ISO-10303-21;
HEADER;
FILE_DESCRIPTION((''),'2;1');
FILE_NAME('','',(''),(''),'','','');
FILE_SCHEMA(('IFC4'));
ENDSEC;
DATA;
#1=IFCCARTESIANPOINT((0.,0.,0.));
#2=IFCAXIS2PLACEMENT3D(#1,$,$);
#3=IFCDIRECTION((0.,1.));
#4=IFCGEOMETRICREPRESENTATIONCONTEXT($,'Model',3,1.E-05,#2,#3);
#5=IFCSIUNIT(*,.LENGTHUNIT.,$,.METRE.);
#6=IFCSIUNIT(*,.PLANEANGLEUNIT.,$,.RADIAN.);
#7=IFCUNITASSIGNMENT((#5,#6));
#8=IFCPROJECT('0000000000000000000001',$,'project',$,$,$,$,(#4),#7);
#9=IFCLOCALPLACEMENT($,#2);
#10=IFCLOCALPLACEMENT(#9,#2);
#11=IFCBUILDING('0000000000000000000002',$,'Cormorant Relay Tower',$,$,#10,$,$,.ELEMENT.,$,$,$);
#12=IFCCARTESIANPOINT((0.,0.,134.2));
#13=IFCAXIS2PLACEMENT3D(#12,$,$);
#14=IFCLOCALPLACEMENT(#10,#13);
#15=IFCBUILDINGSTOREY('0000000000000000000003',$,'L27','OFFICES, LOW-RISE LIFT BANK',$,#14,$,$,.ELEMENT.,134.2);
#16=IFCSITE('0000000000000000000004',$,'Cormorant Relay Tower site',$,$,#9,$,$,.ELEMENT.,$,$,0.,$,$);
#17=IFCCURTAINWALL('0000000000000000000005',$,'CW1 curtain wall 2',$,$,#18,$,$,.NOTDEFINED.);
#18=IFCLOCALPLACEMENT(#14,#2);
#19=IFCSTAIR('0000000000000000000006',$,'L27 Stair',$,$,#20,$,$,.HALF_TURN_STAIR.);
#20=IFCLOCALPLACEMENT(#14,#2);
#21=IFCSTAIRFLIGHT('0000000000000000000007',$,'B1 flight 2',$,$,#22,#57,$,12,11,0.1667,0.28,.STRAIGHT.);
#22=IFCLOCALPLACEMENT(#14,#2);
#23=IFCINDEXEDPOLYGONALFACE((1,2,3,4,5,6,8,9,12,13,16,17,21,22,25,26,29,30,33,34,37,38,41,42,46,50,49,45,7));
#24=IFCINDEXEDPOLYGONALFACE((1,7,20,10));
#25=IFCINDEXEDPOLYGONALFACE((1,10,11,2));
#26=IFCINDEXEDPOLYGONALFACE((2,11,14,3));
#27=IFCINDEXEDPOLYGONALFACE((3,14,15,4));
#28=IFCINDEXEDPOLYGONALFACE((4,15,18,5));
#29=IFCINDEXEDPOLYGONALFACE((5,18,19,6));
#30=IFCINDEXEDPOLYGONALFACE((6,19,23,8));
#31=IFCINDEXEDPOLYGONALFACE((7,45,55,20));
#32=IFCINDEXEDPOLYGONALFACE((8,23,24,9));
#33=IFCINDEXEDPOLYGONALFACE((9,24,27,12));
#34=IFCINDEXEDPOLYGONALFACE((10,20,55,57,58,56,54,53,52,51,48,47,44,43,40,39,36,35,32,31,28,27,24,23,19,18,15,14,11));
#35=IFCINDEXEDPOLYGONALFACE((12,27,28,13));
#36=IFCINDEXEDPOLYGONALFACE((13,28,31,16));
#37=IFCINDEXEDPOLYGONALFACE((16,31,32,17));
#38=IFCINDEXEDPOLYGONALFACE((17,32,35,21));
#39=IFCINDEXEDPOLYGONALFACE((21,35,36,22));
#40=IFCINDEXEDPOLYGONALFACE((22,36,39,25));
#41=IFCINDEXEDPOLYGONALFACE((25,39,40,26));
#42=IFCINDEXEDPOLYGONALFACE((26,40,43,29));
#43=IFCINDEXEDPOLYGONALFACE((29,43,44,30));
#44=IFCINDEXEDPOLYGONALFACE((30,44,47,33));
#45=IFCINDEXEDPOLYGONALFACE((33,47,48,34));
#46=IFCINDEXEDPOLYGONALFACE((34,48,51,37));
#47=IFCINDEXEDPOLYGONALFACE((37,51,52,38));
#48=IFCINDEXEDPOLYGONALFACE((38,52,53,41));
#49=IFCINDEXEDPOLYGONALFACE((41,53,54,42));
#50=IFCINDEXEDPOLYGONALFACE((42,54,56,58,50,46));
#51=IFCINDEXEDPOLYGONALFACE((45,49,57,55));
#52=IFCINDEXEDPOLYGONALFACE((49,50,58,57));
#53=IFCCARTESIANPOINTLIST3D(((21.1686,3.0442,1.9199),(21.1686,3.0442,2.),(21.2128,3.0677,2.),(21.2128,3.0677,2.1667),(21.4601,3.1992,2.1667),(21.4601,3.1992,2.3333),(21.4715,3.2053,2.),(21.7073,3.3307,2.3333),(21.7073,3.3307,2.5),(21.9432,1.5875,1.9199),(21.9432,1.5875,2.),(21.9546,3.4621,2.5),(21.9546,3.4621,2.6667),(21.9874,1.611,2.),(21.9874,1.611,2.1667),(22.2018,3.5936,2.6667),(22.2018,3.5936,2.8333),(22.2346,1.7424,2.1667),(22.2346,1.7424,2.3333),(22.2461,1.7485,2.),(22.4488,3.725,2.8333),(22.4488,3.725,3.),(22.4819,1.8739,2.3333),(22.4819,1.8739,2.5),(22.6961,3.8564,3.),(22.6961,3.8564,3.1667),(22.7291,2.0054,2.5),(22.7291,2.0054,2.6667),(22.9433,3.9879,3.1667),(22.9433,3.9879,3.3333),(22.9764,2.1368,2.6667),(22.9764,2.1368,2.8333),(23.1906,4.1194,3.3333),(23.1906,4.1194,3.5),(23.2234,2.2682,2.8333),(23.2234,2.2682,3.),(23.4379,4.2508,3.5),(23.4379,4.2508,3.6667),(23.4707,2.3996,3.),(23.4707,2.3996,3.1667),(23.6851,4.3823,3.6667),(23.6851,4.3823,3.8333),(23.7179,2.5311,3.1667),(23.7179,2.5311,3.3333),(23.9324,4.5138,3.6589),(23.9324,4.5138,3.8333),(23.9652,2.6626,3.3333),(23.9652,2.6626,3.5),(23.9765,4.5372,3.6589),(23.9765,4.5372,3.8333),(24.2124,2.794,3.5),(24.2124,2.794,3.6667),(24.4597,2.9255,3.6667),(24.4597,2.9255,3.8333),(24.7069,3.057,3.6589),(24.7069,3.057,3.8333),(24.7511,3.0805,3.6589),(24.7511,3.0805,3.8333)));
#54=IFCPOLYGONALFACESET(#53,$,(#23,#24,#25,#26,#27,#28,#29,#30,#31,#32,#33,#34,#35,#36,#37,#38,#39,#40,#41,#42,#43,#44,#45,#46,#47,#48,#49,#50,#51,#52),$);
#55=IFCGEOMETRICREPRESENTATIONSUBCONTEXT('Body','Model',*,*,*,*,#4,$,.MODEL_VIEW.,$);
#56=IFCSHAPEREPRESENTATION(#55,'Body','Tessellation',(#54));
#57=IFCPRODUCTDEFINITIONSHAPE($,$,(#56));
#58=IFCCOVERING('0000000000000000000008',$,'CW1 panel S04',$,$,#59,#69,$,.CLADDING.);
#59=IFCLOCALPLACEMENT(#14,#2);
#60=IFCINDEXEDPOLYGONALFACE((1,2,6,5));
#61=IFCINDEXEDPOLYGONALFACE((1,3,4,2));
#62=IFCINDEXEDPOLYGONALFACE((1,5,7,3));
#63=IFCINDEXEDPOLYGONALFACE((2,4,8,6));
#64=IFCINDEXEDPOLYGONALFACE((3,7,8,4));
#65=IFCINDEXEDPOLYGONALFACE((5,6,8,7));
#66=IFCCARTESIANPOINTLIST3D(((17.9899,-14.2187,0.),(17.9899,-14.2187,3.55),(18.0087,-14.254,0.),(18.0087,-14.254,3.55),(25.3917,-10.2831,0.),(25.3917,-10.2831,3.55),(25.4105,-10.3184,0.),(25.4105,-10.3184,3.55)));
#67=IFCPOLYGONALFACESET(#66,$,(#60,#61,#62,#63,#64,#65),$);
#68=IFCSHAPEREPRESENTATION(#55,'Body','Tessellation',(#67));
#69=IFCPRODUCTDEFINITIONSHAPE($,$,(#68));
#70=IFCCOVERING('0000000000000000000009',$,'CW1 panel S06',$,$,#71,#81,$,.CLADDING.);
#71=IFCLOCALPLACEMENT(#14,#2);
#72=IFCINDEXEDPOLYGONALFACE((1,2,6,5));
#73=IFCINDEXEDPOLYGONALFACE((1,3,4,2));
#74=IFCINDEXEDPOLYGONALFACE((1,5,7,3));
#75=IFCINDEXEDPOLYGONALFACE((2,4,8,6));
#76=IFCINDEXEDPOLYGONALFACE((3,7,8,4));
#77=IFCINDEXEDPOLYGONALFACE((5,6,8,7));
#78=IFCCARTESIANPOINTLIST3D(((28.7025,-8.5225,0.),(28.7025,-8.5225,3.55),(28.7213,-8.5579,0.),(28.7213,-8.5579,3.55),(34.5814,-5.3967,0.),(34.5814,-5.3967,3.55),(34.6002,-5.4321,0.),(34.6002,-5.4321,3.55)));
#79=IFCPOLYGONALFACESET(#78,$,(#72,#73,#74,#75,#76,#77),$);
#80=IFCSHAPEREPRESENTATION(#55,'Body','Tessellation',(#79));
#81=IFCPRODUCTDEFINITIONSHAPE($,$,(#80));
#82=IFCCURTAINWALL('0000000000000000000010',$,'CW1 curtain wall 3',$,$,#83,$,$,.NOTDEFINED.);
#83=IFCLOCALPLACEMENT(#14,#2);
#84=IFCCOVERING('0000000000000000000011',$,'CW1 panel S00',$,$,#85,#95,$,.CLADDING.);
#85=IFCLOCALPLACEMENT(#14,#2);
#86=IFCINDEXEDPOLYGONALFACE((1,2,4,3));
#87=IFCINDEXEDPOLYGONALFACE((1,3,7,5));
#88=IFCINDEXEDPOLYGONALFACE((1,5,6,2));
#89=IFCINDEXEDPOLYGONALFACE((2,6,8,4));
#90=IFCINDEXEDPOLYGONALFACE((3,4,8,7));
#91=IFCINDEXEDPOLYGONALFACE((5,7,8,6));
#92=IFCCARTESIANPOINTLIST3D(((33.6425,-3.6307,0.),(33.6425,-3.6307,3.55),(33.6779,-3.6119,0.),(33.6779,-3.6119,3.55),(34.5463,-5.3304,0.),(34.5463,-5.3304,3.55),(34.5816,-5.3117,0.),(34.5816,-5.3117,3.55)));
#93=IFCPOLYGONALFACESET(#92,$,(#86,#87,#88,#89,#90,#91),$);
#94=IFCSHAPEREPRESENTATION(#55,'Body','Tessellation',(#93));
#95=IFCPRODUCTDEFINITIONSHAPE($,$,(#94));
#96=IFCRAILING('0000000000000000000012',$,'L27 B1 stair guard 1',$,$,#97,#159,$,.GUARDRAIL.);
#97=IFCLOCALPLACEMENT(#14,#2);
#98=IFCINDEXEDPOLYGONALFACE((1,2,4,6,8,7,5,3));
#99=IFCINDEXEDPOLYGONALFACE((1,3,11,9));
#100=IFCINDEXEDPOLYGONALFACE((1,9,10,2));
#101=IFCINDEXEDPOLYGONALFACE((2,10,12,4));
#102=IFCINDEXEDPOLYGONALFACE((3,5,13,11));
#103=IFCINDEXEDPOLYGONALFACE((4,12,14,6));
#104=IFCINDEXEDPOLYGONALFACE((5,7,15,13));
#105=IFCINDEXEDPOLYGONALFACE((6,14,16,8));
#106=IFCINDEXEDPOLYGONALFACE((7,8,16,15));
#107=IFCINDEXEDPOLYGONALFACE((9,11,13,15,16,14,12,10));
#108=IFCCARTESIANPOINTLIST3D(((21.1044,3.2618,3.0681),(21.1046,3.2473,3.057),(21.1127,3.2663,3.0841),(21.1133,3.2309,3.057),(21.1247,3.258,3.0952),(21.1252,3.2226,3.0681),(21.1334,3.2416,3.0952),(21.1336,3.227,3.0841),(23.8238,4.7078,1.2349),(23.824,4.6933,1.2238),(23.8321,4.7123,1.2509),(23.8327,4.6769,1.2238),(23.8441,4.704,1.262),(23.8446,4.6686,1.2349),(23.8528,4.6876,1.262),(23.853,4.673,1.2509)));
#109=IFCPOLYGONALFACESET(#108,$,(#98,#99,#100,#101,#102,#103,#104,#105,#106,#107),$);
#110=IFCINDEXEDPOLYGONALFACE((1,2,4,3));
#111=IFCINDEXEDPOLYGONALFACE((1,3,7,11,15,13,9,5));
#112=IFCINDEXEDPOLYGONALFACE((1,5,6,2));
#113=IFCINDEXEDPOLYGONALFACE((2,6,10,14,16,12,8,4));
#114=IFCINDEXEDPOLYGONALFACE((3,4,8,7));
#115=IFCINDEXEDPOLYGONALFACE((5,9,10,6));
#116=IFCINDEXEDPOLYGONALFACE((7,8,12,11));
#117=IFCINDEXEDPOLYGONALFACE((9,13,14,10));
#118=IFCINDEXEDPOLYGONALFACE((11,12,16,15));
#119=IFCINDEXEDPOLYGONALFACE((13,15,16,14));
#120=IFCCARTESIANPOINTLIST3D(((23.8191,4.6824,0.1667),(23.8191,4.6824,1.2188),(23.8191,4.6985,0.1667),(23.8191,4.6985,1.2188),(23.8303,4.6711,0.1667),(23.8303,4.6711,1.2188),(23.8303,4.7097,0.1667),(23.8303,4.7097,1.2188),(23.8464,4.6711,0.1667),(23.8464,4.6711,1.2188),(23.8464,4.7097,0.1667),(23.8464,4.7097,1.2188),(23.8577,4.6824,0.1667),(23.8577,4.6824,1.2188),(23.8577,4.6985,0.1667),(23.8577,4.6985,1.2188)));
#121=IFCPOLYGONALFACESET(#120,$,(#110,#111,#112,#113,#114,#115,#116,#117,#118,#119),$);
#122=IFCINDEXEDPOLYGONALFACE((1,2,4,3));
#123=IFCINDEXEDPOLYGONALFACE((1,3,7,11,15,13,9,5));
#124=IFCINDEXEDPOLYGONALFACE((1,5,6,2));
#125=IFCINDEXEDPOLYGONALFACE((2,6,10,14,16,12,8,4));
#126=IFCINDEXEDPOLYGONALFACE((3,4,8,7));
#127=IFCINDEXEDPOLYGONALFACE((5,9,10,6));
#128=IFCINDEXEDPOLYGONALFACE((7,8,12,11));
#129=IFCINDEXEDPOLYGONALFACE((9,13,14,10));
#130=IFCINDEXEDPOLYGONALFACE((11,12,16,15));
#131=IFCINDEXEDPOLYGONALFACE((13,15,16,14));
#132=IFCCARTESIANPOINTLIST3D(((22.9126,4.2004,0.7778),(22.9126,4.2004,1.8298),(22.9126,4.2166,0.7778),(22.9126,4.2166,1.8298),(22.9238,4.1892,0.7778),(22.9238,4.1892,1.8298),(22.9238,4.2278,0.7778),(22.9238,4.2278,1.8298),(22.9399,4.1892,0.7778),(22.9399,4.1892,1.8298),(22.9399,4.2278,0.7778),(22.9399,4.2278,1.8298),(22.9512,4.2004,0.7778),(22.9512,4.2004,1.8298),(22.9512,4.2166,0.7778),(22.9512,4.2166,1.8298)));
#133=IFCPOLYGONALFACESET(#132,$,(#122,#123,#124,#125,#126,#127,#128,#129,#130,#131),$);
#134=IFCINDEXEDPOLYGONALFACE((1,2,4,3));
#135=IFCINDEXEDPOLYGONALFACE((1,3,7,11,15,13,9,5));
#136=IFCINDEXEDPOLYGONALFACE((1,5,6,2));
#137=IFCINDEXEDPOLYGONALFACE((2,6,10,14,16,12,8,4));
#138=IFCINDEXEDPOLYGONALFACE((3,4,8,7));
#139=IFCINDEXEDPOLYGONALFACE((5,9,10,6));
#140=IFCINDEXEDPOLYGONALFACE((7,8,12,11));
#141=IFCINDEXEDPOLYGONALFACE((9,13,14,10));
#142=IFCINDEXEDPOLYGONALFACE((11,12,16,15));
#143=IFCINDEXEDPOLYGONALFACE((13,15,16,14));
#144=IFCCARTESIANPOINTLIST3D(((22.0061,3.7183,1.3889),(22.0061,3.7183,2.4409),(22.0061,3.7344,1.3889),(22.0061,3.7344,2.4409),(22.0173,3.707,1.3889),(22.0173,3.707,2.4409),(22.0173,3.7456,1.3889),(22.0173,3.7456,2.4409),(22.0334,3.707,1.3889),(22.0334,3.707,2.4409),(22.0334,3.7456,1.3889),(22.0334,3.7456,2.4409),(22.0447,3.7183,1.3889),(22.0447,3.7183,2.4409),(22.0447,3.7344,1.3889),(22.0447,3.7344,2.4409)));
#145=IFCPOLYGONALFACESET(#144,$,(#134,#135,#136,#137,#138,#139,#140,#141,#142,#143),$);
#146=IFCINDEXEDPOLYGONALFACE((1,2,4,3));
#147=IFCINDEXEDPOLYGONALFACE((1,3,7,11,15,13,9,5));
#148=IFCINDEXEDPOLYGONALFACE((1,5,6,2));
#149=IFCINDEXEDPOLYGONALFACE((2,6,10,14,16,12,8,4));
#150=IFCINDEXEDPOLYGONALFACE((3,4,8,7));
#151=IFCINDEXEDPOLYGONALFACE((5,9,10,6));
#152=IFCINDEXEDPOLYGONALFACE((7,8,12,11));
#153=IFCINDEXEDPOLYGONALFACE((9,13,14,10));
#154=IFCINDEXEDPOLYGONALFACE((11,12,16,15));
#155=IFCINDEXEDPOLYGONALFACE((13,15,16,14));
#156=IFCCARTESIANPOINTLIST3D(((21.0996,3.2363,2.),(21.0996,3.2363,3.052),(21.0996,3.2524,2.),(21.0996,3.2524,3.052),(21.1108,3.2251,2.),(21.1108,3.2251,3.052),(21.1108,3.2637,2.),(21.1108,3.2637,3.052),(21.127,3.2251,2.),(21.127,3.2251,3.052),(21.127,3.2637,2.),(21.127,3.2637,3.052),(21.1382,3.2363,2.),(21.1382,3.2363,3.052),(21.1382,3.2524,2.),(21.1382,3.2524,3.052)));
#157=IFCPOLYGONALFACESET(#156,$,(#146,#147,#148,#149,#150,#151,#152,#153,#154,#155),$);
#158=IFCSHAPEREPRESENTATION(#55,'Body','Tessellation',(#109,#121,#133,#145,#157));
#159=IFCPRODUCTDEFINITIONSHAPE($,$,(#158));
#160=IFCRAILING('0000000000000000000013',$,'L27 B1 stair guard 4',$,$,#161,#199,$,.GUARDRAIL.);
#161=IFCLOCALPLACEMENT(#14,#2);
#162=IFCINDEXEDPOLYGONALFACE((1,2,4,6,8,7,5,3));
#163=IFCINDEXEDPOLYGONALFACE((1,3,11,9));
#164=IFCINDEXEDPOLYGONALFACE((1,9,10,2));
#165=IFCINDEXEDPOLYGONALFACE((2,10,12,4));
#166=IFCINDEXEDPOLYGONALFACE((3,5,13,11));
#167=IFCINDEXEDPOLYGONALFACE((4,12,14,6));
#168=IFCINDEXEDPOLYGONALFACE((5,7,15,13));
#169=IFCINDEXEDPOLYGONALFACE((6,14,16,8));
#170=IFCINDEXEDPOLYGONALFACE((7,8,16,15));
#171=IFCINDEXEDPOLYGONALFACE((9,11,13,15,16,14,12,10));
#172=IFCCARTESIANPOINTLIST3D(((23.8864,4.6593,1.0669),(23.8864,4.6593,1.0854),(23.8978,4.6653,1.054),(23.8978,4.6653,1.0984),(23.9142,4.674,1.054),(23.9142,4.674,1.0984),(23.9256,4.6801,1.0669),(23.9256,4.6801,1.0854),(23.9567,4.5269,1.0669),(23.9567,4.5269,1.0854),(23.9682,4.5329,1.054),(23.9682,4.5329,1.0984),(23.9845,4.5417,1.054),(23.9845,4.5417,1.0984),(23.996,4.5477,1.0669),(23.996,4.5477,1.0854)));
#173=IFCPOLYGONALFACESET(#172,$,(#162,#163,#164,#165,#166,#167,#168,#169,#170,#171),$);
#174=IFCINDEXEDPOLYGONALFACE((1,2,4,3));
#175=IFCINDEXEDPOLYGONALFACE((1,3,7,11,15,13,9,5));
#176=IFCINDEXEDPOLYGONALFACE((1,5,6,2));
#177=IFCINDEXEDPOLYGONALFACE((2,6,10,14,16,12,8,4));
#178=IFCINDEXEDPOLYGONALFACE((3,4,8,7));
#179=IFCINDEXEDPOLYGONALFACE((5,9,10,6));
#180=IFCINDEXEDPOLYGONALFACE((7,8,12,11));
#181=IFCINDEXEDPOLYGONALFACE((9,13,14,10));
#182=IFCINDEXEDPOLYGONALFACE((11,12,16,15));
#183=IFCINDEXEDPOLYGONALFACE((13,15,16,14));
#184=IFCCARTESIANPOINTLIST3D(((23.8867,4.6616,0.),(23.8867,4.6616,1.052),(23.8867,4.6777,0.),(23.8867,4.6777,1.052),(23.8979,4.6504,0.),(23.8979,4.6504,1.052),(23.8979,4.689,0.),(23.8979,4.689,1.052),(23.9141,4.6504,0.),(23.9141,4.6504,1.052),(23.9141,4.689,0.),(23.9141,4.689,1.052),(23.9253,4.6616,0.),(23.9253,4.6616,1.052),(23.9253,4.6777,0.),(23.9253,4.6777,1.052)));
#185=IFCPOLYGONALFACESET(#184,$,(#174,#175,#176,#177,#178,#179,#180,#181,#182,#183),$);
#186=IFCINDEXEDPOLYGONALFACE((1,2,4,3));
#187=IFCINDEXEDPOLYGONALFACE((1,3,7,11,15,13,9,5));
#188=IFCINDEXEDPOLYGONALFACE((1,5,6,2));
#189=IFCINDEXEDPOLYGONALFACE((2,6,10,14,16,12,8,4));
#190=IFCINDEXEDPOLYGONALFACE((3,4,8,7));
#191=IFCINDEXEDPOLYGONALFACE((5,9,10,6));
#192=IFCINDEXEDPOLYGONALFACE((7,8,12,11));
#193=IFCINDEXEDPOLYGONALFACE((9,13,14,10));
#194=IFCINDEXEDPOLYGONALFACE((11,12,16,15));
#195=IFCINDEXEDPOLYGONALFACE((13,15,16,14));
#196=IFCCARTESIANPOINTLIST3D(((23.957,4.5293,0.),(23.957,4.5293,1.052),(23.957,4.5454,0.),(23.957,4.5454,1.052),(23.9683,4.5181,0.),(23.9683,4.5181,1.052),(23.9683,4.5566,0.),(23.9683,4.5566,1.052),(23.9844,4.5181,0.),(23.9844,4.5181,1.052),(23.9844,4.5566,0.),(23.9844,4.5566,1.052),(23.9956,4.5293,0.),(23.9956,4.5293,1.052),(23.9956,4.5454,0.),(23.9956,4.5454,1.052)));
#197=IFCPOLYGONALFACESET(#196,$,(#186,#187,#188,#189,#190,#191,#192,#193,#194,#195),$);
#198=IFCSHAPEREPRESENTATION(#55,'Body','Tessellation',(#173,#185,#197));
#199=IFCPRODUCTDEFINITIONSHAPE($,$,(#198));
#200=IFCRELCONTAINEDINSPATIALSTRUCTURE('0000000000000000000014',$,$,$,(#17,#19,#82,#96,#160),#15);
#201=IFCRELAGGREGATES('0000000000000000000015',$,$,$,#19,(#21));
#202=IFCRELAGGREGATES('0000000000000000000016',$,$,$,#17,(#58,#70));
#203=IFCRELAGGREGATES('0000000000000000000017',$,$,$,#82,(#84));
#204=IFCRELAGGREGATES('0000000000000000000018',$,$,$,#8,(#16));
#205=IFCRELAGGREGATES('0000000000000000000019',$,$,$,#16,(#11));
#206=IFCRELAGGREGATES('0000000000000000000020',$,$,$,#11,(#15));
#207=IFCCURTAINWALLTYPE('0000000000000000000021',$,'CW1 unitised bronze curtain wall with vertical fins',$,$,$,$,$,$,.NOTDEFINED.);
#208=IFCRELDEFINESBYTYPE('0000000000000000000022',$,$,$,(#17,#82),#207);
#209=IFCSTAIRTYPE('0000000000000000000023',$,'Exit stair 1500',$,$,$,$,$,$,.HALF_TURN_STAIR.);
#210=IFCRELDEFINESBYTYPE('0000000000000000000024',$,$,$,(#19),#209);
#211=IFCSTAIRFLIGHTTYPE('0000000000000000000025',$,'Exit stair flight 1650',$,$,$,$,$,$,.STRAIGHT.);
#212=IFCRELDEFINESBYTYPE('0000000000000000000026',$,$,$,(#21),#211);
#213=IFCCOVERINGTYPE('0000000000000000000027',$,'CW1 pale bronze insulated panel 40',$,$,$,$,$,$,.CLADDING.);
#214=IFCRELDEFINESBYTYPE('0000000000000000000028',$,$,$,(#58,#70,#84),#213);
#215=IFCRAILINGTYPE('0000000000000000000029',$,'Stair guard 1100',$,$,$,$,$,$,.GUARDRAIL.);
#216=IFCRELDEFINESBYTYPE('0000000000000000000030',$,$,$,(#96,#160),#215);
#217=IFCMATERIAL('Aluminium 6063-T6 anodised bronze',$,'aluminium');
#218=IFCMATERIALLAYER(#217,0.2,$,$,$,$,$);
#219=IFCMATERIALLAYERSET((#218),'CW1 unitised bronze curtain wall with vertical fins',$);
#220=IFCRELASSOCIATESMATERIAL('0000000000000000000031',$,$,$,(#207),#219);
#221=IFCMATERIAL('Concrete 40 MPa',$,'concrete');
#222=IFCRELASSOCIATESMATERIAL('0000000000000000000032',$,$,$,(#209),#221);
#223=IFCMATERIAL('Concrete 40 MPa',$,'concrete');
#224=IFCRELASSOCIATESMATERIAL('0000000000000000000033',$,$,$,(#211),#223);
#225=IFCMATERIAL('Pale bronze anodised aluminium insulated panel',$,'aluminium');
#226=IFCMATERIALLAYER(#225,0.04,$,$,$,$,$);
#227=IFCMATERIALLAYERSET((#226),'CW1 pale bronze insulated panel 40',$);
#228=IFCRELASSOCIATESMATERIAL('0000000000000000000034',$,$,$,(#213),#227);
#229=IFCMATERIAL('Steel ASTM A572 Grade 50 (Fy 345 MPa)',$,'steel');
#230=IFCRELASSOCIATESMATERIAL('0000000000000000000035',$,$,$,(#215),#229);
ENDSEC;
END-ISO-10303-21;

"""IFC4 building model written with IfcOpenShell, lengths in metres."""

from ifc_helpers import new_model, si_unit, direction, frame, origin, origin_2d, place, context, subcontext, project, spatial, polyline, rectangle, outline, extrude, material, layer, layer_set, type_object, element, aggregate, save


model = new_model("IFC4")

# Units and contexts
model_context = context("Model", 3, precision=1e-05, world=origin(), true_north=direction((0.0, 1.0)))
body_context = subcontext(model_context, "Body", "Model", "MODEL_VIEW")
ifc_project = project(units=[si_unit("LENGTHUNIT", "METRE"), si_unit("PLANEANGLEUNIT", "RADIAN")], contexts=[model_context])

# Site, building, storey
site_placement = place(None, origin())
site = spatial("IfcSite", under=ifc_project, at=site_placement, Name="Cormorant Relay Tower site", CompositionType="ELEMENT", RefElevation=0.0)
building_placement = place(site_placement, origin())
building = spatial("IfcBuilding", under=site, at=building_placement, Name="Cormorant Relay Tower", CompositionType="ELEMENT")
storey_placement = place(building_placement, frame((0.0, 0.0, 134.2)))
storey = spatial("IfcBuildingStorey", under=building, at=storey_placement, Name="L27", Description="OFFICES, LOW-RISE LIFT BANK", CompositionType="ELEMENT", Elevation=134.2)

# Curtain wall
ifc_material_1 = material(Name="Aluminium 6063-T6 anodised bronze", Category="aluminium")
ifc_layer_1 = layer(ifc_material_1, 0.2)
ifc_layer_set_1 = layer_set([ifc_layer_1], Name="CW1 unitised bronze curtain wall with vertical fins")
curtain_wall_type = type_object("IfcCurtainWallType", Name="CW1 unitised bronze curtain wall with vertical fins", PredefinedType="NOTDEFINED", material=ifc_layer_set_1)
curtain_wall_1_placement = place(storey_placement, origin())
curtain_wall_1 = element("IfcCurtainWall", 1, at=curtain_wall_1_placement, inside=storey, type_object=curtain_wall_type, Name="CW1 curtain wall 2", PredefinedType="NOTDEFINED")

# Stair, stair flight
ifc_material_2 = material(Name="Concrete 40 MPa", Category="concrete")
stair_type = type_object("IfcStairType", Name="Exit stair 1500", PredefinedType="HALF_TURN_STAIR", material=ifc_material_2)
stair_placement = place(storey_placement, origin())
stair = element("IfcStair", 2, at=stair_placement, inside=storey, type_object=stair_type, Name="L27 Stair", PredefinedType="HALF_TURN_STAIR")
ifc_material_3 = material(Name="Concrete 40 MPa", Category="concrete")
stair_flight_type = type_object("IfcStairFlightType", Name="Exit stair flight 1650", PredefinedType="STRAIGHT", material=ifc_material_3)
stair_flight_1_placement = place(storey_placement, frame((21.6001, 2.3394, 2.0), z_axis=(0.0, 0.0, 1.0), x_axis=(0.882948, 0.469472, 0.0)))
stair_flight_1 = element("IfcStairFlight", 3, at=stair_flight_1_placement, type_object=stair_flight_type, Name="B1 flight 2", NumberOfRisers=12, NumberOfTreads=11, PredefinedType="STRAIGHT", RiserHeight=0.1667, TreadLength=0.28, context=body_context, shape_type="SweptSolid", body=[
    extrude(outline(polyline([(-0.05, -0.0801), (-0.05, 0.0), (0.0, 0.0), (0.0, 0.1667), (0.28, 0.1667), (0.28, 0.3333), (0.5601, 0.3333), (0.5601, 0.5), (0.8401, 0.5), (0.8401, 0.6667), (1.1201, 0.6667), (1.1201, 0.8333), (1.3999, 0.8333), (1.3999, 1.0), (1.6799, 1.0), (1.6799, 1.1667), (1.96, 1.1667), (1.96, 1.3333), (2.24, 1.3333), (2.24, 1.5), (2.52, 1.5), (2.52, 1.6667), (2.8, 1.6667), (2.8, 1.8333), (3.0801, 1.8333), (3.1301, 1.8333), (3.1301, 1.6589), (3.0801, 1.6589), (0.293, 0.0), (-0.05, -0.0801)])), frame((0.0, 0.825, 0.0), z_axis=(0.0, -1.0, 0.0), x_axis=(1.0, 0.0, 0.0)), (0.0, 0.0, 1.0), 1.6499),
])
aggregate(stair, [stair_flight_1])

# Coverings
ifc_material_4 = material(Name="Pale bronze anodised aluminium insulated panel", Category="aluminium")
ifc_layer_2 = layer(ifc_material_4, 0.04)
ifc_layer_set_2 = layer_set([ifc_layer_2], Name="CW1 pale bronze insulated panel 40")
covering_type = type_object("IfcCoveringType", Name="CW1 pale bronze insulated panel 40", PredefinedType="CLADDING", material=ifc_layer_set_2)
covering_1_placement = place(storey_placement, frame((21.7002, -12.2686, 0.0), z_axis=(0.0, 0.0, 1.0), x_axis=(0.882948, 0.469472, 0.0)))
covering_1 = element("IfcCovering", 4, at=covering_1_placement, type_object=covering_type, Name="CW1 panel S04", PredefinedType="CLADDING", context=body_context, shape_type="SweptSolid", body=[
    extrude(rectangle(XDim=8.3831, YDim=0.04, at=origin_2d()), origin(), (0.0, 0.0, 1.0), 3.55),
])
covering_2_placement = place(storey_placement, frame((31.6514, -6.9773, 0.0), z_axis=(0.0, 0.0, 1.0), x_axis=(0.882948, 0.469472, 0.0)))
covering_2 = element("IfcCovering", 5, at=covering_2_placement, type_object=covering_type, Name="CW1 panel S06", PredefinedType="CLADDING", context=body_context, shape_type="SweptSolid", body=[
    extrude(rectangle(XDim=6.6582, YDim=0.04, at=origin_2d()), origin(), (0.0, 0.0, 1.0), 3.55),
])
aggregate(curtain_wall_1, [covering_1, covering_2])

# Curtain wall, covering
curtain_wall_2_placement = place(storey_placement, origin())
curtain_wall_2 = element("IfcCurtainWall", 6, at=curtain_wall_2_placement, inside=storey, type_object=curtain_wall_type, Name="CW1 curtain wall 3", PredefinedType="NOTDEFINED")
covering_3_placement = place(storey_placement, frame((34.1121, -4.4712, 0.0), z_axis=(0.0, 0.0, 1.0), x_axis=(-0.469472, 0.882948, 0.0)))
covering_3 = element("IfcCovering", 7, at=covering_3_placement, type_object=covering_type, Name="CW1 panel S00", PredefinedType="CLADDING", context=body_context, shape_type="SweptSolid", body=[
    extrude(rectangle(XDim=1.925, YDim=0.04, at=origin_2d()), origin(), (0.0, 0.0, 1.0), 3.55),
])
aggregate(curtain_wall_2, [covering_3])

# Railings
ifc_material_5 = material(Name="Steel ASTM A572 Grade 50 (Fy 345 MPa)", Category="steel")
railing_type_1 = type_object("IfcRailingType", Name="Stair guard 1100", PredefinedType="GUARDRAIL", material=ifc_material_5)
railing_1_placement = place(storey_placement, frame((23.8384, 4.6904, 0.1667)))
element("IfcRailing", 8, at=railing_1_placement, inside=storey, type_object=railing_type_1, Name="L27 B1 stair guard 1", PredefinedType="GUARDRAIL", context=body_context, shape_type="SweptSolid", body=[
    extrude(outline(polyline([(0.0222, 0.0093), (0.0093, 0.0222), (-0.0093, 0.0222), (-0.0222, 0.0093), (-0.0222, -0.0093), (-0.0093, -0.0222), (0.0093, -0.0222), (0.0222, -0.0093), (0.0222, 0.0093)])), frame((0.0, 0.0, 1.0762), z_axis=(-0.758714, -0.403435, 0.511463), x_axis=(0.469489, -0.882938, 0.0)), (0.0, 0.0, 1.0), 3.5842),
    extrude(outline(polyline([(0.0193, 0.0081), (0.0081, 0.0193), (-0.0081, 0.0193), (-0.0193, 0.0081), (-0.0193, -0.0081), (-0.0081, -0.0193), (0.0081, -0.0193), (0.0193, -0.0081), (0.0193, 0.0081)])), origin(), (0.0, 0.0, 1.0), 1.052),
    extrude(outline(polyline([(0.0193, 0.0081), (0.0081, 0.0193), (-0.0081, 0.0193), (-0.0193, 0.0081), (-0.0193, -0.0081), (-0.0081, -0.0193), (0.0081, -0.0193), (0.0193, -0.0081), (0.0193, 0.0081)])), frame((-0.9065, -0.4819, 0.6111)), (0.0, 0.0, 1.0), 1.052),
    extrude(outline(polyline([(0.0193, 0.0081), (0.0081, 0.0193), (-0.0081, 0.0193), (-0.0193, 0.0081), (-0.0193, -0.0081), (-0.0081, -0.0193), (0.0081, -0.0193), (0.0193, -0.0081), (0.0193, 0.0081)])), frame((-1.813, -0.9641, 1.2222)), (0.0, 0.0, 1.0), 1.052),
    extrude(outline(polyline([(0.0193, 0.0081), (0.0081, 0.0193), (-0.0081, 0.0193), (-0.0193, 0.0081), (-0.0193, -0.0081), (-0.0081, -0.0193), (0.0081, -0.0193), (0.0193, -0.0081), (0.0193, 0.0081)])), frame((-2.7195, -1.446, 1.8333)), (0.0, 0.0, 1.0), 1.052),
])
railing_2_placement = place(storey_placement, frame((23.906, 4.6697, 0.0)))
element("IfcRailing", 9, at=railing_2_placement, inside=storey, type_object=railing_type_1, Name="L27 B1 stair guard 4", PredefinedType="GUARDRAIL", context=body_context, shape_type="SweptSolid", body=[
    extrude(outline(polyline([(0.0222, 0.0093), (0.0093, 0.0222), (-0.0093, 0.0222), (-0.0222, 0.0093), (-0.0222, -0.0093), (-0.0093, -0.0222), (0.0093, -0.0222), (0.0222, -0.0093), (0.0222, 0.0093)])), frame((0.0, 0.0, 1.0762), z_axis=(0.469235, -0.883074, 0.0), x_axis=(0.883074, 0.469235, 0.0)), (0.0, 0.0, 1.0), 0.1499),
    extrude(outline(polyline([(0.0193, 0.0081), (0.0081, 0.0193), (-0.0081, 0.0193), (-0.0193, 0.0081), (-0.0193, -0.0081), (-0.0081, -0.0193), (0.0081, -0.0193), (0.0193, -0.0081), (0.0193, 0.0081)])), origin(), (0.0, 0.0, 1.0), 1.052),
    extrude(outline(polyline([(0.0193, 0.0081), (0.0081, 0.0193), (-0.0081, 0.0193), (-0.0193, 0.0081), (-0.0193, -0.0081), (-0.0081, -0.0193), (0.0081, -0.0193), (0.0193, -0.0081), (0.0193, 0.0081)])), frame((0.0703, -0.1323, 0.0)), (0.0, 0.0, 1.0), 1.052),
])

save(model, "model.ifc")
